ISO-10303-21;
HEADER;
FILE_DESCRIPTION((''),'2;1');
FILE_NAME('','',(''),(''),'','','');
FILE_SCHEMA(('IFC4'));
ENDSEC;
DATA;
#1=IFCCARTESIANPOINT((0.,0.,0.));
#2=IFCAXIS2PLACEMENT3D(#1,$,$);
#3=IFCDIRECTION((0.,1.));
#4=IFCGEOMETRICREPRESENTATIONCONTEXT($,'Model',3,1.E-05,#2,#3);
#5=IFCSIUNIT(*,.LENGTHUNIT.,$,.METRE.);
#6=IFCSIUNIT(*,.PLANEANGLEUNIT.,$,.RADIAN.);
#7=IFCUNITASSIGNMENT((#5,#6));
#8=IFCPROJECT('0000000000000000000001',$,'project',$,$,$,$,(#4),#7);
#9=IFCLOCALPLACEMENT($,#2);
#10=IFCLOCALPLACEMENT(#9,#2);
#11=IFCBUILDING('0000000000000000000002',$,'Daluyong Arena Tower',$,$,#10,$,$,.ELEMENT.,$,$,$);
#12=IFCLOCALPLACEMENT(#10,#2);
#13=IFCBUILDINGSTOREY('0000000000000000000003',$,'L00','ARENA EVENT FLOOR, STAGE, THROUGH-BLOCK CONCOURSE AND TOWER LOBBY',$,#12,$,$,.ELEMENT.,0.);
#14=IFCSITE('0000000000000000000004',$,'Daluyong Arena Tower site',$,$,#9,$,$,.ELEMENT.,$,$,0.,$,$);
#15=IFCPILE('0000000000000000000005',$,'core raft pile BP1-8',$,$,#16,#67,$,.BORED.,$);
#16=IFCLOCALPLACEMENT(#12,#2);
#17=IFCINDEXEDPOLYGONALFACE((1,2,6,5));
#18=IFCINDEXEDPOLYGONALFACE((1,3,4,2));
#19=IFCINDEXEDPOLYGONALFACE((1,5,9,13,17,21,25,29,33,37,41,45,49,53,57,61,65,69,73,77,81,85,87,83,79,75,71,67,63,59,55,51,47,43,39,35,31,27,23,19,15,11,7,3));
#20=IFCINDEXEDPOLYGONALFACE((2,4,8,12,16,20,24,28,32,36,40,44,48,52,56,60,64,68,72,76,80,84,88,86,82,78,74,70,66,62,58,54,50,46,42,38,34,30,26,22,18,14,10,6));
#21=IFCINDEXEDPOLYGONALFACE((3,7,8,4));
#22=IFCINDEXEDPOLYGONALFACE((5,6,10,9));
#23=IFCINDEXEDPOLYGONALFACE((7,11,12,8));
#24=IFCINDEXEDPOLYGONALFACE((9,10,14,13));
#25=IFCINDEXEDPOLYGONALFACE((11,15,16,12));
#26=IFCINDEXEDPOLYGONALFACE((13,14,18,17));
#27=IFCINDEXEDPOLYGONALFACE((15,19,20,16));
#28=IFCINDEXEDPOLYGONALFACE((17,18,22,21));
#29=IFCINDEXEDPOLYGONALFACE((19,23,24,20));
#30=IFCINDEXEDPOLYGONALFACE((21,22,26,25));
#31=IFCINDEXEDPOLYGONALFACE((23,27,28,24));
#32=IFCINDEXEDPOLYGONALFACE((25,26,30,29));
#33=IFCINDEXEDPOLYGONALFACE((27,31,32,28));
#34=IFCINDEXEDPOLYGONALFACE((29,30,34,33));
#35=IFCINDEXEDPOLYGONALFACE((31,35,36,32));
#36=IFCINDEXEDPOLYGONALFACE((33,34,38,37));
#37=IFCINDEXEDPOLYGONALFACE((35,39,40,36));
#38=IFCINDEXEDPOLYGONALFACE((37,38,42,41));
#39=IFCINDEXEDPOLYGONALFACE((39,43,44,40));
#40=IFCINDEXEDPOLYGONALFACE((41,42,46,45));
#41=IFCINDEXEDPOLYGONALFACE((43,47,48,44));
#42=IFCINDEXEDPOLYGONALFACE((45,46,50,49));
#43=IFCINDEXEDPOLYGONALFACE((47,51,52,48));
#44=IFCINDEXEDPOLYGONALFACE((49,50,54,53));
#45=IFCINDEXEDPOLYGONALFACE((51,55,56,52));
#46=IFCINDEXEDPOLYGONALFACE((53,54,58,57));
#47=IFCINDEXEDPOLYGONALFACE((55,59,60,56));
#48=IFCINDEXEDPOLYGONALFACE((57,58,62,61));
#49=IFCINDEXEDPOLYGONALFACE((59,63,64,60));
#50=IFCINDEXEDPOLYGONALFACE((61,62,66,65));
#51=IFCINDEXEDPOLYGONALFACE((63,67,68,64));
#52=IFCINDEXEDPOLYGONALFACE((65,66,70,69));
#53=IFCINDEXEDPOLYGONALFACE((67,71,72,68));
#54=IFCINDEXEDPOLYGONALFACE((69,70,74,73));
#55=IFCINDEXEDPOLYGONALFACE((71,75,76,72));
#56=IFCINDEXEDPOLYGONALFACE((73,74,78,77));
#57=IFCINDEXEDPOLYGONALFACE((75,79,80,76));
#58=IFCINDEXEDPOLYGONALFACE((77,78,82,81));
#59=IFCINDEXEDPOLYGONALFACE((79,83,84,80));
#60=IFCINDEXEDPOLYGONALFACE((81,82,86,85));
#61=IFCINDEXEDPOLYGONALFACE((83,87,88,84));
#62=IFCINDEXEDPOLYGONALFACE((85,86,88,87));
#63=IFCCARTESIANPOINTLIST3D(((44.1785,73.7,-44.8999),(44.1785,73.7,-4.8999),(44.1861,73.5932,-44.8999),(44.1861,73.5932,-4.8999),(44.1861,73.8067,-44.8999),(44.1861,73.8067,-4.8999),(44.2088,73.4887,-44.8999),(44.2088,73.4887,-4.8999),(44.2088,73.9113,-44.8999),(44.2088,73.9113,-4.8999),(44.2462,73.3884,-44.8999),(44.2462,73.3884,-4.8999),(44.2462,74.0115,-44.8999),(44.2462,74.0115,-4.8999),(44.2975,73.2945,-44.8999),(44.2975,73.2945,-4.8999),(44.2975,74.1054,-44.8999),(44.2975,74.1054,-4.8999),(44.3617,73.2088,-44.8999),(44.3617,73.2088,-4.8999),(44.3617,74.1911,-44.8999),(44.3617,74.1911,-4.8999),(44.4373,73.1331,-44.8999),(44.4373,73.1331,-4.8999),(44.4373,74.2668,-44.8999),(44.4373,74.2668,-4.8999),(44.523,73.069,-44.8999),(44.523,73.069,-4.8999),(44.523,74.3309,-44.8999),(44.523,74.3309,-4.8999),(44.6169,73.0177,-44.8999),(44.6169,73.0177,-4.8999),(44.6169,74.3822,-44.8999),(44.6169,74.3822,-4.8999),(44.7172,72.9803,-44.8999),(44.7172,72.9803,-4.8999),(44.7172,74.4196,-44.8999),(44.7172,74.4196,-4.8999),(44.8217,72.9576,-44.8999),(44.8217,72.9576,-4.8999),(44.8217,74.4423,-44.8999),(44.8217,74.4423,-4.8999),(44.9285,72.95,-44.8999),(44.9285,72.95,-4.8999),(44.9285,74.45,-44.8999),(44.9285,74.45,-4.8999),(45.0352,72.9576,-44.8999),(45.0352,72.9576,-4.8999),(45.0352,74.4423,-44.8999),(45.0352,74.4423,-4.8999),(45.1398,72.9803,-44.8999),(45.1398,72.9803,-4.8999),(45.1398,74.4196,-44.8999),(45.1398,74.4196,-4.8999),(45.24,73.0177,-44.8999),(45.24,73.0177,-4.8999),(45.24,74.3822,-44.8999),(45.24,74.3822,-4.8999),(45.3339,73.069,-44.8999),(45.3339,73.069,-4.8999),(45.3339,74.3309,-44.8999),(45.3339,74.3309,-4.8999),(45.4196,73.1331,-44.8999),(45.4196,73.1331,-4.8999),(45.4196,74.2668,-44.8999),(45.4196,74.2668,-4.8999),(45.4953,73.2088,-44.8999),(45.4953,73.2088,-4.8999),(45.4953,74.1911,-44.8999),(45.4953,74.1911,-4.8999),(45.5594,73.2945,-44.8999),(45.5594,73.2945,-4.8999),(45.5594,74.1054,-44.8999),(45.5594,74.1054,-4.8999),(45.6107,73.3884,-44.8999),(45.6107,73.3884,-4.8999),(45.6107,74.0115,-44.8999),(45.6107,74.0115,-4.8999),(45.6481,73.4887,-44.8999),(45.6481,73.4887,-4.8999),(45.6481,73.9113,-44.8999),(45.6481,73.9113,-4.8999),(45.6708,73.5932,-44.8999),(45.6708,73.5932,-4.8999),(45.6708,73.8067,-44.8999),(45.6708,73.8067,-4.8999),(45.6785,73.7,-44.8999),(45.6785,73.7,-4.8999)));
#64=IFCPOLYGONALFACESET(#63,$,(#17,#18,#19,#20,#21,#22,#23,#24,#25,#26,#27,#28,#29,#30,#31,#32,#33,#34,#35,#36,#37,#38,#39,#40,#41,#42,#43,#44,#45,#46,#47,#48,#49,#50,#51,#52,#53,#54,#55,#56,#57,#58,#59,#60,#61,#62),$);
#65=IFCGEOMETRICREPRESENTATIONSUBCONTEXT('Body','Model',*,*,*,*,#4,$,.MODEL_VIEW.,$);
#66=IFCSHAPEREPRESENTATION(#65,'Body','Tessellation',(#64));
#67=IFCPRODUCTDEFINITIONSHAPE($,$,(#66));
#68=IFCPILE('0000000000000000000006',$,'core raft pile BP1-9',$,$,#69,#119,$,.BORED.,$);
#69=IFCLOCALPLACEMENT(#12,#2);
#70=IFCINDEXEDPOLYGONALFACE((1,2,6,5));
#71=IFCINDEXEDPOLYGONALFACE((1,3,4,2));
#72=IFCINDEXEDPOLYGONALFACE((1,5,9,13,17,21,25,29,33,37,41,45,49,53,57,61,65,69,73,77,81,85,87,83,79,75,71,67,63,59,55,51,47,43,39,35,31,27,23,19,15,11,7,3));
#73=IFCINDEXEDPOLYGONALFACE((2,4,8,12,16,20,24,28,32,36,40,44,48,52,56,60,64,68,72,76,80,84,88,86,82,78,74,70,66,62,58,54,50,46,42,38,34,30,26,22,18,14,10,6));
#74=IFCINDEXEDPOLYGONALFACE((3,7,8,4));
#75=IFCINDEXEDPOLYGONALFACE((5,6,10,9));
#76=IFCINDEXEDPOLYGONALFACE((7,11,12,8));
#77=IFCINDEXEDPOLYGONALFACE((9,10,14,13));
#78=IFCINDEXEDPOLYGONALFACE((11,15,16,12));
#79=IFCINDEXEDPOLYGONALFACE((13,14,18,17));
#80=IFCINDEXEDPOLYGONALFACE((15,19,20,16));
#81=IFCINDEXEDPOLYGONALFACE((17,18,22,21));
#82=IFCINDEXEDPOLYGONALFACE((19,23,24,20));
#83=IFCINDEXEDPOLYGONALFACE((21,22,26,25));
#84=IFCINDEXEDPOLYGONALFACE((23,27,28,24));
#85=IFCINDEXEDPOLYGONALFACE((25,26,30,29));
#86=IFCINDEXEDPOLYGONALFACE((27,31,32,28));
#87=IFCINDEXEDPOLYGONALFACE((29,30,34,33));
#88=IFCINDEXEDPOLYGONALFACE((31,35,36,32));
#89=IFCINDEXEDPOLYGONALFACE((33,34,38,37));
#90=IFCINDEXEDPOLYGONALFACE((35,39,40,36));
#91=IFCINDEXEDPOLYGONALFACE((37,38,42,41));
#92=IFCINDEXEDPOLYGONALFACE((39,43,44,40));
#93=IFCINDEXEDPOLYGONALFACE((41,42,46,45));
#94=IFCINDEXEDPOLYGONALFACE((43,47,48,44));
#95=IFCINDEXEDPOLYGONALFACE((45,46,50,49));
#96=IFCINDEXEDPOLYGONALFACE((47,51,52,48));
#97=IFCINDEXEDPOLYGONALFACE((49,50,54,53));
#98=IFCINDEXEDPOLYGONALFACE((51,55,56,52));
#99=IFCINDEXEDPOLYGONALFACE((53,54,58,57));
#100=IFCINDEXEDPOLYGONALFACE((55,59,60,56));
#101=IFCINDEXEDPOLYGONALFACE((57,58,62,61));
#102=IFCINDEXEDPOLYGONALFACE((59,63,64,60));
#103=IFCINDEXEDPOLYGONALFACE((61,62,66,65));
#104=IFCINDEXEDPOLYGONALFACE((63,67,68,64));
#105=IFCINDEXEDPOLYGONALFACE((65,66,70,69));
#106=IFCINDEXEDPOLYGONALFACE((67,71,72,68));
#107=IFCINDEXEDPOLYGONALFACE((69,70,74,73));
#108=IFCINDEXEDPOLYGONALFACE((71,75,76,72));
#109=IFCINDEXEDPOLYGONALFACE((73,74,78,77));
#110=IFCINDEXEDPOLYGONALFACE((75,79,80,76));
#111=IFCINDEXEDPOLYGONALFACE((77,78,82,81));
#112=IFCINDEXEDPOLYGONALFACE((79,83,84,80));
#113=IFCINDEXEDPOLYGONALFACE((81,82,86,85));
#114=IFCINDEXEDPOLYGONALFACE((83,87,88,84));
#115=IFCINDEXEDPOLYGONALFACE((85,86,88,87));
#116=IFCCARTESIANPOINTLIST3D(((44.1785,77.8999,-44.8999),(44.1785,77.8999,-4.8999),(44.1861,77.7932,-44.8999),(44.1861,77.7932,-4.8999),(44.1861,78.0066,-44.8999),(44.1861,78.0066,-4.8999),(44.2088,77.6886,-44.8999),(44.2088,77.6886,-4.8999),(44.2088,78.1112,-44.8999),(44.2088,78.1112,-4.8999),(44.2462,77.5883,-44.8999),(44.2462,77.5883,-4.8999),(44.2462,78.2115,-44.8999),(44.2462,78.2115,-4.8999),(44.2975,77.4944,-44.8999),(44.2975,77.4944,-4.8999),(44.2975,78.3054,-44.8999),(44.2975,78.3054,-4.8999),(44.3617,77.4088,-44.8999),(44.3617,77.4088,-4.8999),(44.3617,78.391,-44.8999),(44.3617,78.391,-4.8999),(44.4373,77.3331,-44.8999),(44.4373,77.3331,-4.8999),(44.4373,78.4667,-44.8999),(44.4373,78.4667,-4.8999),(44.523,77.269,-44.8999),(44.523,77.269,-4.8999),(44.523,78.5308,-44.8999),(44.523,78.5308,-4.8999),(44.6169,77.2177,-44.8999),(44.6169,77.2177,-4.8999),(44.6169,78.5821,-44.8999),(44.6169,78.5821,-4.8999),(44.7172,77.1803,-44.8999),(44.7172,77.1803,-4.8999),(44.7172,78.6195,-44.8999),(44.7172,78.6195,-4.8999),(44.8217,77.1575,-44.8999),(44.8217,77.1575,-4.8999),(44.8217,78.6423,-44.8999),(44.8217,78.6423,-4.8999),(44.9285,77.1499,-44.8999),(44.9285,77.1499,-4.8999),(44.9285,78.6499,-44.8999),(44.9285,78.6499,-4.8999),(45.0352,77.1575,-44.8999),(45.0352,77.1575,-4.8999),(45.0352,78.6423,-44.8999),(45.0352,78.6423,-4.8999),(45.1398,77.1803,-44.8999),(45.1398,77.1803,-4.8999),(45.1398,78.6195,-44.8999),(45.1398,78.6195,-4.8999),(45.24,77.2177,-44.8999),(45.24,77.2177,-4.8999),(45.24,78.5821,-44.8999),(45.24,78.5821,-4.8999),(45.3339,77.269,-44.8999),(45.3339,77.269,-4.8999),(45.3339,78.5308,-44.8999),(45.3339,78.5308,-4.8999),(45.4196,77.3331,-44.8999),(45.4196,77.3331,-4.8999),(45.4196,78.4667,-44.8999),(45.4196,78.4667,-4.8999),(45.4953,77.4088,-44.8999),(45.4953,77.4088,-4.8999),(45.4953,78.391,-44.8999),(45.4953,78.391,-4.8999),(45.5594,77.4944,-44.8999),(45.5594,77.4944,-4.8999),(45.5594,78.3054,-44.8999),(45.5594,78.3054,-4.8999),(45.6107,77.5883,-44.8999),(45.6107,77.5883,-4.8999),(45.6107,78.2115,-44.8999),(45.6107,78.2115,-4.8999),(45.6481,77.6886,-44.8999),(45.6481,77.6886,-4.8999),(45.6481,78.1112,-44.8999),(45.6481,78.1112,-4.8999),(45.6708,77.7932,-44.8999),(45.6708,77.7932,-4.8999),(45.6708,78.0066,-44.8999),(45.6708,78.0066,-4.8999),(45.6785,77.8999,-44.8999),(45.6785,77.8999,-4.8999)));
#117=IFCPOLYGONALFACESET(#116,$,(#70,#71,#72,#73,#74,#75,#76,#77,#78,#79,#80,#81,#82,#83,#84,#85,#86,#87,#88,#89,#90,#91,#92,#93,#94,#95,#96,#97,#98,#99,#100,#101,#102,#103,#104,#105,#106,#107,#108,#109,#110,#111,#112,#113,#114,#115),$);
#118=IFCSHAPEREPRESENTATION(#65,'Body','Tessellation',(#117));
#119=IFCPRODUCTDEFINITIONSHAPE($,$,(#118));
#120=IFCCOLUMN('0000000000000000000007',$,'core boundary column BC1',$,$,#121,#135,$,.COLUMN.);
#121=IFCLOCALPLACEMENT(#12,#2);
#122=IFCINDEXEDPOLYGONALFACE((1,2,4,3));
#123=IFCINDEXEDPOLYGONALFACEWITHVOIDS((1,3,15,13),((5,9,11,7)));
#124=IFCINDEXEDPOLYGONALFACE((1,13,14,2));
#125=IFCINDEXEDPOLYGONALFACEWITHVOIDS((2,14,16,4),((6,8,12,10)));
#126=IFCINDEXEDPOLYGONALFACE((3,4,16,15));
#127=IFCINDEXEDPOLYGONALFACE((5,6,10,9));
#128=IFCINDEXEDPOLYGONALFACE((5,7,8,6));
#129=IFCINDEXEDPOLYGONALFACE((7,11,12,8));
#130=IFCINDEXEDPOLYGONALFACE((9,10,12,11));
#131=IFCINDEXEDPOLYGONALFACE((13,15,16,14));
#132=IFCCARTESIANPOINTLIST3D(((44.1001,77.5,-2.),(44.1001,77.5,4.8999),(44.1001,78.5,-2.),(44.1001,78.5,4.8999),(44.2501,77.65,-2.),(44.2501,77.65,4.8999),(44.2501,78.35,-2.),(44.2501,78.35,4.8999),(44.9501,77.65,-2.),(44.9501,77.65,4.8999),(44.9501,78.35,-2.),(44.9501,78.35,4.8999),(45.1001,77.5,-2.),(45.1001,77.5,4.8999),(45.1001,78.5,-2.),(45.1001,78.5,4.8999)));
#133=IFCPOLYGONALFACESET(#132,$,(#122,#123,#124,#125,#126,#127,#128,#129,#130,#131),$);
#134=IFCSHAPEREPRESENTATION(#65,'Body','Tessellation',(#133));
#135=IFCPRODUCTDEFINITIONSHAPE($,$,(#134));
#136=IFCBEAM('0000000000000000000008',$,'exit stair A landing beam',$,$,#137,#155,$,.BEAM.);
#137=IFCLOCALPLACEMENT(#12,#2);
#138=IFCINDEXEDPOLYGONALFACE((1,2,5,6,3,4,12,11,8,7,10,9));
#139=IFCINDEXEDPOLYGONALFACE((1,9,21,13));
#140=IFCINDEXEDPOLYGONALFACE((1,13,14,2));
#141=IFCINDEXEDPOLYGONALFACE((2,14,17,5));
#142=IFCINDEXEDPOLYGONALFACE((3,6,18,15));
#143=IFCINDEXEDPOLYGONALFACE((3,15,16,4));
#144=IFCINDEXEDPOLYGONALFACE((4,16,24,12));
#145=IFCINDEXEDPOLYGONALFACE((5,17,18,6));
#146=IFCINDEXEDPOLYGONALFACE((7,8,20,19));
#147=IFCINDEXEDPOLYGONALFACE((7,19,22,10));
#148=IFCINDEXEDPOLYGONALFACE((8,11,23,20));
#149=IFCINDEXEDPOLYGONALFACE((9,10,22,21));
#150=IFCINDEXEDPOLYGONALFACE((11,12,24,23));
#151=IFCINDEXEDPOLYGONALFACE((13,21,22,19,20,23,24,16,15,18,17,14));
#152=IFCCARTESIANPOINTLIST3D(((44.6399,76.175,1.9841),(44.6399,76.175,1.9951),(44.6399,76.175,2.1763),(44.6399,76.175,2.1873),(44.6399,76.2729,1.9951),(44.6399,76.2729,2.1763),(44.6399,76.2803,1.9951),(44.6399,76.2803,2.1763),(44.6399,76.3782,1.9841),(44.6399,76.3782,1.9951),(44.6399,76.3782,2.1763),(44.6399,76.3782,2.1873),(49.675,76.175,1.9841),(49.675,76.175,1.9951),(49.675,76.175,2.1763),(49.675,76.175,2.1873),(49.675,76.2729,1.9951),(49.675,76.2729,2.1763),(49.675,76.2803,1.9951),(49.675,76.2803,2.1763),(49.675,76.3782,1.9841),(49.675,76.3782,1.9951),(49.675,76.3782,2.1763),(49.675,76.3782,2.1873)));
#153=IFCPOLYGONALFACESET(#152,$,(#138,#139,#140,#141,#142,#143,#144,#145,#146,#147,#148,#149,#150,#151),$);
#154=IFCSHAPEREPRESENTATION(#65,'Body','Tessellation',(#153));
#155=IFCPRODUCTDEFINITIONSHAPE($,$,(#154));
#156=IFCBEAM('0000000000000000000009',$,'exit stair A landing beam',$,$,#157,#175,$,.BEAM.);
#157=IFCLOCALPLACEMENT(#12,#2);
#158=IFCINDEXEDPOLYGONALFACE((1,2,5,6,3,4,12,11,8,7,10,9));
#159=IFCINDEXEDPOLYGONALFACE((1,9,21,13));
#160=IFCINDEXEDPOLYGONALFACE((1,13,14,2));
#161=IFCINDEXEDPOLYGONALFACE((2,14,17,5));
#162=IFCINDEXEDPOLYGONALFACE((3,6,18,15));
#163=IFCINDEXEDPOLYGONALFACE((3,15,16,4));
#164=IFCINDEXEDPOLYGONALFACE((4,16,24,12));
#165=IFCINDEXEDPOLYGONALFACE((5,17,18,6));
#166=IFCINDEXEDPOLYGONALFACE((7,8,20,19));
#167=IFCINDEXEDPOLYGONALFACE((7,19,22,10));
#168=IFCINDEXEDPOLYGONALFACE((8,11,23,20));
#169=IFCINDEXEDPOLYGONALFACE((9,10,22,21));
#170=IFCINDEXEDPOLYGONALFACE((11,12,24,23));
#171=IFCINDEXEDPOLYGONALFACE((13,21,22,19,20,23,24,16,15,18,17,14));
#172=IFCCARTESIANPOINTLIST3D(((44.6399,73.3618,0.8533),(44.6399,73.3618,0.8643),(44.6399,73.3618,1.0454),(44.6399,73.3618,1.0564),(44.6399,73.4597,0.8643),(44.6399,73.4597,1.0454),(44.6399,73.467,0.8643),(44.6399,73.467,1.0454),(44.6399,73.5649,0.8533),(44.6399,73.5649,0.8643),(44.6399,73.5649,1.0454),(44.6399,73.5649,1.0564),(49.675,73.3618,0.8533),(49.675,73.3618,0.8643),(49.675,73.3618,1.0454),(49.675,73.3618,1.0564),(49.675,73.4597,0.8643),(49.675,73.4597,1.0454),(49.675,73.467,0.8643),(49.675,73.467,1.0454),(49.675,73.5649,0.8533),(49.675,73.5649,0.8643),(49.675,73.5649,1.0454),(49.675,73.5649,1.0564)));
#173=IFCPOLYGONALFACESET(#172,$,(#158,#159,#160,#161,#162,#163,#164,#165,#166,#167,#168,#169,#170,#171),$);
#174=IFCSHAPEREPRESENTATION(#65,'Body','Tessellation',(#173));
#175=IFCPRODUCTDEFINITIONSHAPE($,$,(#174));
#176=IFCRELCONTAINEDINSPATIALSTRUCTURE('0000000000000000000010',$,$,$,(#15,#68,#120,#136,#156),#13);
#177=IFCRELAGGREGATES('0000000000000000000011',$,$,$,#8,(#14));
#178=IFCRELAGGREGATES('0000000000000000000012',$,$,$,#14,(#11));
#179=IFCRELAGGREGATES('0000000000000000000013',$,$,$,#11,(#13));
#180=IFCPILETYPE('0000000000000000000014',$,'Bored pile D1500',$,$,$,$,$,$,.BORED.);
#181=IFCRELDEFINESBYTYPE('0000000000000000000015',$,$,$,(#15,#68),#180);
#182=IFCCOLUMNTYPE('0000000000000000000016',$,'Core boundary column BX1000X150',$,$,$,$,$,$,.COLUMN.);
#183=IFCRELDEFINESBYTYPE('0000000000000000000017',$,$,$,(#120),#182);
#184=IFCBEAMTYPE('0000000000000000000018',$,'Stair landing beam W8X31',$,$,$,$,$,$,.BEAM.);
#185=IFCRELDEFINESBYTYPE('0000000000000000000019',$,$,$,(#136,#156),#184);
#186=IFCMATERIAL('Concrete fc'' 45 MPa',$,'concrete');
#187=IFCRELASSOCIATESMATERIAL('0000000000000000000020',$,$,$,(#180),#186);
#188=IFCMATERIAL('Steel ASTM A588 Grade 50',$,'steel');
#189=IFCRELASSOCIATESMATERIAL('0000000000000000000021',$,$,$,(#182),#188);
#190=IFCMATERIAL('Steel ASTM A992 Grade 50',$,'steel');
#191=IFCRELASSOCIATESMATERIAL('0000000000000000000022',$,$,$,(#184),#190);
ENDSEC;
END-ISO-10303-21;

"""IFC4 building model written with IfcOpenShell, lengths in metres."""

from ifc_helpers import new_model, si_unit, direction, frame, origin, origin_2d, place, context, subcontext, project, spatial, hollow_rectangle, circle, i_section, extrude, material, material_profile, profile_set, type_object, element, save


model = new_model("IFC4")

# Units and contexts
model_context = context("Model", 3, precision=1e-05, world=origin(), true_north=direction((0.0, 1.0)))
body_context = subcontext(model_context, "Body", "Model", "MODEL_VIEW")
ifc_project = project(units=[si_unit("LENGTHUNIT", "METRE"), si_unit("PLANEANGLEUNIT", "RADIAN")], contexts=[model_context])

# Site, building, storey
site_placement = place(None, origin())
site = spatial("IfcSite", under=ifc_project, at=site_placement, Name="Daluyong Arena Tower site", CompositionType="ELEMENT", RefElevation=0.0)
building_placement = place(site_placement, origin())
building = spatial("IfcBuilding", under=site, at=building_placement, Name="Daluyong Arena Tower", CompositionType="ELEMENT")
storey_placement = place(building_placement, origin())
storey = spatial("IfcBuildingStorey", under=building, at=storey_placement, Name="L00", Description="ARENA EVENT FLOOR, STAGE, THROUGH-BLOCK CONCOURSE AND TOWER LOBBY", CompositionType="ELEMENT", Elevation=0.0)

# Piles
ifc_material_1 = material(Name="Concrete fc' 45 MPa", Category="concrete")
pile_type = type_object("IfcPileType", Name="Bored pile D1500", PredefinedType="BORED", material=ifc_material_1)
for number, where, z_axis, x_axis, name in (
    (1, (44.9285, 73.7, -4.8999), (0.0, 0.0, -1.0), (1.0, 0.0, 0.0), "core raft pile BP1-8"),
    (2, (44.9285, 77.8999, -4.8999), (0.0, 0.0, -1.0), (1.0, 0.0, 0.0), "core raft pile BP1-9"),
):
    element("IfcPile", number, at=place(storey_placement, frame(where, z_axis=z_axis, x_axis=x_axis)), inside=storey, type_object=pile_type, Name=name, PredefinedType="BORED", context=body_context, shape_type="SweptSolid", body=[
        extrude(circle(Radius=0.75, at=origin_2d()), origin(), (0.0, 0.0, 1.0), 40.0),
    ])

# Column
ifc_material_2 = material(Name="Steel ASTM A588 Grade 50", Category="steel")
ifc_material_profile_1 = material_profile(ifc_material_2, hollow_rectangle(XDim=1.0, YDim=1.0, WallThickness=0.15, at=origin_2d()))
ifc_profile_set_1 = profile_set([ifc_material_profile_1], Name="Steel ASTM A588 Grade 50")
column_type = type_object("IfcColumnType", Name="Core boundary column BX1000X150", PredefinedType="COLUMN", material=ifc_profile_set_1)
column_placement = place(storey_placement, frame((44.6001, 78.0, -2.0), z_axis=(0.0, 0.0, 1.0), x_axis=(1.0, 0.0, 0.0)))
element("IfcColumn", 3, at=column_placement, inside=storey, type_object=column_type, Name="core boundary column BC1", PredefinedType="COLUMN", context=body_context, shape_type="SweptSolid", body=[
    extrude(hollow_rectangle(XDim=1.0, YDim=1.0, WallThickness=0.15, at=origin_2d()), origin(), (0.0, 0.0, 1.0), 6.8999),
])

# Beams
ifc_material_3 = material(Name="Steel ASTM A992 Grade 50", Category="steel")
ifc_material_profile_2 = material_profile(ifc_material_3, i_section(OverallWidth=0.2031, OverallDepth=0.2031, WebThickness=0.0073, FlangeThickness=0.011, at=origin_2d()))
ifc_profile_set_2 = profile_set([ifc_material_profile_2], Name="Steel ASTM A992 Grade 50")
beam_type = type_object("IfcBeamType", Name="Stair landing beam W8X31", PredefinedType="BEAM", material=ifc_profile_set_2)
for number, where, z_axis, x_axis, name in (
    (4, (44.6399, 76.2766, 2.0857), (1.0, 0.0, 0.0), (0.0, 1.0, 0.0), "exit stair A landing beam"),
    (5, (44.6399, 73.4634, 0.9548), (1.0, 0.0, 0.0), (0.0, 1.0, 0.0), "exit stair A landing beam"),
):
    element("IfcBeam", number, at=place(storey_placement, frame(where, z_axis=z_axis, x_axis=x_axis)), inside=storey, type_object=beam_type, Name=name, PredefinedType="BEAM", context=body_context, shape_type="SweptSolid", body=[
        extrude(i_section(OverallWidth=0.2031, OverallDepth=0.2031, WebThickness=0.0073, FlangeThickness=0.011, at=origin_2d()), origin(), (0.0, 0.0, 1.0), 5.0352),
    ])

save(model, "model.ifc")
